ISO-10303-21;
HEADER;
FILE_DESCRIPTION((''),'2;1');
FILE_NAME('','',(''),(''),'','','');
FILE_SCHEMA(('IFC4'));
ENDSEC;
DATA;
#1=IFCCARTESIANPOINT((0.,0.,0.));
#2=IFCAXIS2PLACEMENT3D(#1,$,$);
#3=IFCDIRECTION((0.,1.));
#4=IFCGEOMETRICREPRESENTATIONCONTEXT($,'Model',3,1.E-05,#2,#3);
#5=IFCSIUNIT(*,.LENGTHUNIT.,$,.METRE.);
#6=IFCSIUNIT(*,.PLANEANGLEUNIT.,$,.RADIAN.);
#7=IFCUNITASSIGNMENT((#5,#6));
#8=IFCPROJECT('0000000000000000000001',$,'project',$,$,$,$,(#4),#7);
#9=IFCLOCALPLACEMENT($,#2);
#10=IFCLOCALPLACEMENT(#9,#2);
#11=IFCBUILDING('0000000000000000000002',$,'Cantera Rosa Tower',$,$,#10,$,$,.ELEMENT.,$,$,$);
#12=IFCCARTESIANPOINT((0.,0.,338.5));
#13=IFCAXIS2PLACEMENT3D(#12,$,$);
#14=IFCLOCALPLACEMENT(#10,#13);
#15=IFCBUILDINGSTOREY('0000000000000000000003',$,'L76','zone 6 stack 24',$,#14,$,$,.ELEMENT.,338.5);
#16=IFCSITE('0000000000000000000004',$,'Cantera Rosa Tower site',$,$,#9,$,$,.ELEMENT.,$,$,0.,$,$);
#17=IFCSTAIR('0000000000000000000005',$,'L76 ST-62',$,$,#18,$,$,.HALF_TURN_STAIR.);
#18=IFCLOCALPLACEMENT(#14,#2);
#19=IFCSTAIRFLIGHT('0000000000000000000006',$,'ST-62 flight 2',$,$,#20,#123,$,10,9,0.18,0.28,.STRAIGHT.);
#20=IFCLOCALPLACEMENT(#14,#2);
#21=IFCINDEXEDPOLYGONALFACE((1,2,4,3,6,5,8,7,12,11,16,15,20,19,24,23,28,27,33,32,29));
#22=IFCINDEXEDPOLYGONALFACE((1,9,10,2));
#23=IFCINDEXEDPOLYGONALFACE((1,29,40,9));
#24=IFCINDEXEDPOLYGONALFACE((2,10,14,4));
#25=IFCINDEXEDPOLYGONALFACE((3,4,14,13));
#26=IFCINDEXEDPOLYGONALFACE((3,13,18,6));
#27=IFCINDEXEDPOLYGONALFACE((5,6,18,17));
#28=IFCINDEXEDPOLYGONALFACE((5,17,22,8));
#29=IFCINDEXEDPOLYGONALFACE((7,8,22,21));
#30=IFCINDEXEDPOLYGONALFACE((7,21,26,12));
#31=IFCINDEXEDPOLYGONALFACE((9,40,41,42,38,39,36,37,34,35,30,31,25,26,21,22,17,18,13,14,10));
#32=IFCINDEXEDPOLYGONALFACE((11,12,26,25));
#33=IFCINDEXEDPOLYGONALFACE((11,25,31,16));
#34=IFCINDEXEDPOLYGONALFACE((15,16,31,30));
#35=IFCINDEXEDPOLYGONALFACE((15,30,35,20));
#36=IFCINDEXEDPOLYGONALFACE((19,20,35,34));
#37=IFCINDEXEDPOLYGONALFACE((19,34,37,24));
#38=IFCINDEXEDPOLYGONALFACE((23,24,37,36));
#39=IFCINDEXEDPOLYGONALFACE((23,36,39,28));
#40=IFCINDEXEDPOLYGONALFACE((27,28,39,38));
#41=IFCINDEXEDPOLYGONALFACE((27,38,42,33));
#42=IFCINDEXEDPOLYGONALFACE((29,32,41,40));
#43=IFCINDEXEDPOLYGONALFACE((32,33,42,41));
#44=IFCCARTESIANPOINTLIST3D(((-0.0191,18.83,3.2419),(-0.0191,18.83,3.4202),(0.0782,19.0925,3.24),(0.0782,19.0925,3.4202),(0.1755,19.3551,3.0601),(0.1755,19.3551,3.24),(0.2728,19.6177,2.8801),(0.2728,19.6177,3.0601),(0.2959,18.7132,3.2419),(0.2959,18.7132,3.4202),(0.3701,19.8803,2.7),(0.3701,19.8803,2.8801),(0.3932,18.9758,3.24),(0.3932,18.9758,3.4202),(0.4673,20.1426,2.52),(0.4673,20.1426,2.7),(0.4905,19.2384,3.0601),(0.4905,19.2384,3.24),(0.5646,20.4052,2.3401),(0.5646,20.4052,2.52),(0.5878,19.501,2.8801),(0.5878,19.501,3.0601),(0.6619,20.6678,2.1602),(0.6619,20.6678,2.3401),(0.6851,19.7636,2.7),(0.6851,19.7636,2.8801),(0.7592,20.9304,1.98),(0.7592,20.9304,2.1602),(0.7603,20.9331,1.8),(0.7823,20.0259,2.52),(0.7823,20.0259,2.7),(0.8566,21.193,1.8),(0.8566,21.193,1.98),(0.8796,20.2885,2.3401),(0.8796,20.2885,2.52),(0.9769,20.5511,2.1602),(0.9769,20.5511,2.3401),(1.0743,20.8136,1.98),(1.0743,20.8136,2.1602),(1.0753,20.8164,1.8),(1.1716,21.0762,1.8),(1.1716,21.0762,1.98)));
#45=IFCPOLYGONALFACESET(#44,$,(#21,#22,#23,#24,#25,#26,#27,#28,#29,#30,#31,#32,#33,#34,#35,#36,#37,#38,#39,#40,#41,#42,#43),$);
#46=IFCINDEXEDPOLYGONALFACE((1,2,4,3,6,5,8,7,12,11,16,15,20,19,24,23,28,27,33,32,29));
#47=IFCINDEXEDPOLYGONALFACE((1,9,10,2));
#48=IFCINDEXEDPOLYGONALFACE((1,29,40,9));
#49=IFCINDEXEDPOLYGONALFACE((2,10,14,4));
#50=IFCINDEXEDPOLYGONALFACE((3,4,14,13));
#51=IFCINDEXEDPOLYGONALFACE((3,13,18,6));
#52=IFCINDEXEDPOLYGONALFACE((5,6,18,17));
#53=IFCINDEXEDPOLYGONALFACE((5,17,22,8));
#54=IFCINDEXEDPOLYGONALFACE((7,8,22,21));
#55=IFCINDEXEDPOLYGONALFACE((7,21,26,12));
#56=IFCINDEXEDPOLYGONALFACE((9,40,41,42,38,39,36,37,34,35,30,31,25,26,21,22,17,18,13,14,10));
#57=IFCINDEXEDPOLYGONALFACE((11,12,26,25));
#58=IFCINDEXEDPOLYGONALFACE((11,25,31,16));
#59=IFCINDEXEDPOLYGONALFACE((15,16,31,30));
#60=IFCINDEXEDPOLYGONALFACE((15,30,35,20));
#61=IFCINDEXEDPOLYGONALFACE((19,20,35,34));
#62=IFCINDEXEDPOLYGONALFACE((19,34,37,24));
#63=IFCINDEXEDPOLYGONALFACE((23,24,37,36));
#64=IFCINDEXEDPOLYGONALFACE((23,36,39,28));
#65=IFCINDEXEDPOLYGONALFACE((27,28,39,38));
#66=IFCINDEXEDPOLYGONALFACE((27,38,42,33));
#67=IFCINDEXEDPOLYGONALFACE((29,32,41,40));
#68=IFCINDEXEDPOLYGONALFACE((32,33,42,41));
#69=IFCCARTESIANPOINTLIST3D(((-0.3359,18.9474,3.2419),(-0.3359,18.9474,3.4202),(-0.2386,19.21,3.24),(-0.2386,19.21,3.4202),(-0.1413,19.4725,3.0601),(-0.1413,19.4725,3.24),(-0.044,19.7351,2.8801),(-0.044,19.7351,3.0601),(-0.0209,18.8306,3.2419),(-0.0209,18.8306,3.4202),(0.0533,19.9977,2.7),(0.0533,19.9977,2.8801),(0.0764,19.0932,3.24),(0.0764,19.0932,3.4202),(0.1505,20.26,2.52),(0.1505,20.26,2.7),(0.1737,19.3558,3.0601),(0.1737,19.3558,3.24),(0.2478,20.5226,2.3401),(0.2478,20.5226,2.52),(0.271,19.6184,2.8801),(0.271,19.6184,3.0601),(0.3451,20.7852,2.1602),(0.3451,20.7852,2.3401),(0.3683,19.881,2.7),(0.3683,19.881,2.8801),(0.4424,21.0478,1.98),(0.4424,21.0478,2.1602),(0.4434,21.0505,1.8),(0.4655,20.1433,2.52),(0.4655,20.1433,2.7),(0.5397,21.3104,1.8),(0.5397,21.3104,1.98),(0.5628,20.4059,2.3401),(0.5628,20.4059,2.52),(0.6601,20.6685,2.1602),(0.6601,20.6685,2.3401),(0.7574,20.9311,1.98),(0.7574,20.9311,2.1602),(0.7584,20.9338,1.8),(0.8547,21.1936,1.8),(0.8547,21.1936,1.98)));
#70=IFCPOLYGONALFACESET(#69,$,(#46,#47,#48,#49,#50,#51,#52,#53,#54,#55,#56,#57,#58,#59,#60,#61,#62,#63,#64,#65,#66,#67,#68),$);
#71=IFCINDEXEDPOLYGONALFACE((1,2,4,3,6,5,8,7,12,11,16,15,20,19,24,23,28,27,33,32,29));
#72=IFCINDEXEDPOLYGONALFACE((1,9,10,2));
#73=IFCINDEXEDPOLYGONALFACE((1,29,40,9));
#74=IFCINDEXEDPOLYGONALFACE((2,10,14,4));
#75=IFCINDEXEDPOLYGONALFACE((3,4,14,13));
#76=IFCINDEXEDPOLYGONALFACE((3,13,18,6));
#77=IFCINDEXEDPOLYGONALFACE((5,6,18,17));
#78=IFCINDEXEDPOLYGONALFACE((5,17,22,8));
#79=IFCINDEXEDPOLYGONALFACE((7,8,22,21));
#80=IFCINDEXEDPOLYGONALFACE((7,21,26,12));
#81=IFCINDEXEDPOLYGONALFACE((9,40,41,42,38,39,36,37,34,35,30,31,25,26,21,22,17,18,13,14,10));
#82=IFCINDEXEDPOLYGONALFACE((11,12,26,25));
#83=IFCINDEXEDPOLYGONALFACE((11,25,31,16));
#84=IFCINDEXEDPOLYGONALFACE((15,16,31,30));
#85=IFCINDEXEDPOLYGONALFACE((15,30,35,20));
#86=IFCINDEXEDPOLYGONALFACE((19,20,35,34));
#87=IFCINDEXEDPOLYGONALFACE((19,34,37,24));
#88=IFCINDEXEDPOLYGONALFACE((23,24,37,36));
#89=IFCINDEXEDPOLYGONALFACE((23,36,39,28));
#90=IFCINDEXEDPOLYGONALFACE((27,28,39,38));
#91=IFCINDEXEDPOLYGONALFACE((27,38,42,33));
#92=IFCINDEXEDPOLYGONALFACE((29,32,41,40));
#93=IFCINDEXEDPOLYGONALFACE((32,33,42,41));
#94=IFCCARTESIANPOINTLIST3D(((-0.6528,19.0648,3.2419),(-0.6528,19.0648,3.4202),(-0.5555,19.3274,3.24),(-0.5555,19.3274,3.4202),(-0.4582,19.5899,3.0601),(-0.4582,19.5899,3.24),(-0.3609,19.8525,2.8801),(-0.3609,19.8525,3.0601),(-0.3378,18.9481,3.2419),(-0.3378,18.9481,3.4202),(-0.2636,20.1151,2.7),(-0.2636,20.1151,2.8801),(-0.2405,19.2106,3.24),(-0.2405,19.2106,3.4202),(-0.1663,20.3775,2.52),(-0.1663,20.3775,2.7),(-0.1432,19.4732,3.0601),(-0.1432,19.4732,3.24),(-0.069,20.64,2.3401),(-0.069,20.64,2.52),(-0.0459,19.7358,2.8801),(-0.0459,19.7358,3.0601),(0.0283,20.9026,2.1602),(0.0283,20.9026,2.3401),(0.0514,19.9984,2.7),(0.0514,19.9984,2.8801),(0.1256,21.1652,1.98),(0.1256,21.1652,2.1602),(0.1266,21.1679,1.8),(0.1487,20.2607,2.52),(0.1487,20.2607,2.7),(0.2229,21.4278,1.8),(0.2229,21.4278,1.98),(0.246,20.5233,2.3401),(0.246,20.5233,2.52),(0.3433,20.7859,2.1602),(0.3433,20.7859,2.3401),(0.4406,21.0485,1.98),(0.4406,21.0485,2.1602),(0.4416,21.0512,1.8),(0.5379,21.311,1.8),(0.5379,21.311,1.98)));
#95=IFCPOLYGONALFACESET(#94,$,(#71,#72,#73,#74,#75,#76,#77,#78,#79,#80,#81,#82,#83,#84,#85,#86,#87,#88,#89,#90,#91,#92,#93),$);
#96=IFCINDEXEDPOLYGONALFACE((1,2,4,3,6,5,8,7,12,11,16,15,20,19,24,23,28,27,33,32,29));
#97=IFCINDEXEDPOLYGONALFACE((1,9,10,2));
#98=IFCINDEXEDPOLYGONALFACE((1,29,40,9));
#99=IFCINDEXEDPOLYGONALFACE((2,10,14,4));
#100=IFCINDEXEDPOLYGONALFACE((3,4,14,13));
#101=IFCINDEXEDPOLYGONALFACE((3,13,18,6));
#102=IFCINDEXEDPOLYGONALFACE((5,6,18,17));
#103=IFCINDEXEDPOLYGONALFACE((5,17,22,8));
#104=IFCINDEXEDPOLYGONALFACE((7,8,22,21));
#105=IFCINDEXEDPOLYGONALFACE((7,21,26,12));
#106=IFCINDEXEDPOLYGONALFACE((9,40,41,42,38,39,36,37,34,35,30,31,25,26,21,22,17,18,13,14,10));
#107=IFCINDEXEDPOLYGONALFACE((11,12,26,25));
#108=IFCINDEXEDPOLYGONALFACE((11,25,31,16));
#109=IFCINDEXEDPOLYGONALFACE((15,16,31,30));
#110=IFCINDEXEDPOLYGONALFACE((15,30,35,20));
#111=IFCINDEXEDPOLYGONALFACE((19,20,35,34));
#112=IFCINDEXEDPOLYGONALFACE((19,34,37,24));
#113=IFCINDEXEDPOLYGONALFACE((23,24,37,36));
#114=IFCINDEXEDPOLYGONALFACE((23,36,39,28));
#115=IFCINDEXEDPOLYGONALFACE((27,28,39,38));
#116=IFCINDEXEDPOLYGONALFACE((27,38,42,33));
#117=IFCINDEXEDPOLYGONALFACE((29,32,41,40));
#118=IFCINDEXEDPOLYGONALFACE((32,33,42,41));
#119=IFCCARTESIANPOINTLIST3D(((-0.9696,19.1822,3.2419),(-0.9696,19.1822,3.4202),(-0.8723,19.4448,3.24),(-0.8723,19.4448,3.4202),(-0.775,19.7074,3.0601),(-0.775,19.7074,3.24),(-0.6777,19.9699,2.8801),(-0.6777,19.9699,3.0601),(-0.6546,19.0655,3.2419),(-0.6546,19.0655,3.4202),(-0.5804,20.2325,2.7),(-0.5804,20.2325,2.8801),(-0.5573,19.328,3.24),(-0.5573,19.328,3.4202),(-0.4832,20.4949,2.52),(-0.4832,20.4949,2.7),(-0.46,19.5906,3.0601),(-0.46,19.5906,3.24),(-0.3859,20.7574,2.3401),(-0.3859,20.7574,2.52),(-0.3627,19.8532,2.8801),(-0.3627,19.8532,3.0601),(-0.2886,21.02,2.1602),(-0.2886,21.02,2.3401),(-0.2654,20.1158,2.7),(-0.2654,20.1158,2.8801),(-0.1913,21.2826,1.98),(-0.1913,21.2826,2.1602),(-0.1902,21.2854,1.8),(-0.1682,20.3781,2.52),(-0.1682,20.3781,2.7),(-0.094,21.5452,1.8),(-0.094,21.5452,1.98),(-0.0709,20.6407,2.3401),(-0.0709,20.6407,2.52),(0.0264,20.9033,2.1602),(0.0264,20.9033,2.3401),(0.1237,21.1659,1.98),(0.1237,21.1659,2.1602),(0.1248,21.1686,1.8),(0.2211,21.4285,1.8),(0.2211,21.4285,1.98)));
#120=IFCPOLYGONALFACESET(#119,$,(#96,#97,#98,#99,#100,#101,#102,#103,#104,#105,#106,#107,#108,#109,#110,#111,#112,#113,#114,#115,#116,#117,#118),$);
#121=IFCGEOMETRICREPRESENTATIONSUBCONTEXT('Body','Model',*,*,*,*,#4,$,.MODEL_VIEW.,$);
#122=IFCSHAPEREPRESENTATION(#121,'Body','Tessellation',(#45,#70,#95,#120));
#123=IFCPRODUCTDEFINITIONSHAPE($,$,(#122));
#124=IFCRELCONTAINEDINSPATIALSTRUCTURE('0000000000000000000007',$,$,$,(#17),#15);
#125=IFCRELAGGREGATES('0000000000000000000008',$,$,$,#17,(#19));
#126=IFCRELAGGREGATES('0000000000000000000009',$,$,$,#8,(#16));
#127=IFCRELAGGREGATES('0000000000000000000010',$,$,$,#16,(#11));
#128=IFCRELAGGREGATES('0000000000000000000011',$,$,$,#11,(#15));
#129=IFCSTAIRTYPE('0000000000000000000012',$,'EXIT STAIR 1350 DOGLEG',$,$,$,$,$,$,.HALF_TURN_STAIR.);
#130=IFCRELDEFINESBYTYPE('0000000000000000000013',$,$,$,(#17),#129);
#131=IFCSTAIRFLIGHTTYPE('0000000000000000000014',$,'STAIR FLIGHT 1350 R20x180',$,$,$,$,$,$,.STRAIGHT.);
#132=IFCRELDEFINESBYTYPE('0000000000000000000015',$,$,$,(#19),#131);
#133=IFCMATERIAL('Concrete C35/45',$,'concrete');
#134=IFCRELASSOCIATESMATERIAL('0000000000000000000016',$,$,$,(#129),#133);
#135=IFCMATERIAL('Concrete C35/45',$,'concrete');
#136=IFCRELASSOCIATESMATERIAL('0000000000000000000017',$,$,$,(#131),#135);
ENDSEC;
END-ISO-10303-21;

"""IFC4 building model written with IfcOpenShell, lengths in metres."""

from ifc_helpers import new_model, si_unit, direction, frame, origin, place, context, subcontext, project, spatial, polyline, outline, extrude, material, type_object, element, aggregate, save


model = new_model("IFC4")

# Units and contexts
model_context = context("Model", 3, precision=1e-05, world=origin(), true_north=direction((0.0, 1.0)))
body_context = subcontext(model_context, "Body", "Model", "MODEL_VIEW")
ifc_project = project(units=[si_unit("LENGTHUNIT", "METRE"), si_unit("PLANEANGLEUNIT", "RADIAN")], contexts=[model_context])

# Site, building, storey
site_placement = place(None, origin())
site = spatial("IfcSite", under=ifc_project, at=site_placement, Name="Cantera Rosa Tower site", CompositionType="ELEMENT", RefElevation=0.0)
building_placement = place(site_placement, origin())
building = spatial("IfcBuilding", under=site, at=building_placement, Name="Cantera Rosa Tower", CompositionType="ELEMENT")
storey_placement = place(building_placement, frame((0.0, 0.0, 338.5)))
storey = spatial("IfcBuildingStorey", under=building, at=storey_placement, Name="L76", Description="zone 6 stack 24", CompositionType="ELEMENT", Elevation=338.5)

# Stair, stair flight
ifc_material_1 = material(Name="Concrete C35/45", Category="concrete")
stair_type = type_object("IfcStairType", Name="EXIT STAIR 1350 DOGLEG", PredefinedType="HALF_TURN_STAIR", material=ifc_material_1)
stair_placement = place(storey_placement, origin())
stair = element("IfcStair", 1, at=stair_placement, inside=storey, type_object=stair_type, Name="L76 ST-62", PredefinedType="HALF_TURN_STAIR")
ifc_material_2 = material(Name="Concrete C35/45", Category="concrete")
stair_flight_type = type_object("IfcStairFlightType", Name="STAIR FLIGHT 1350 R20x180", PredefinedType="STRAIGHT", material=ifc_material_2)
stair_flight_1_placement = place(storey_placement, frame((0.5386, 21.3108, 1.8), z_axis=(0.0, 0.0, 1.0), x_axis=(-0.347481, -0.937687, 0.0)))
stair_flight_1 = element("IfcStairFlight", 2, at=stair_flight_1_placement, type_object=stair_flight_type, Name="ST-62 flight 2", NumberOfRisers=10, NumberOfTreads=9, PredefinedType="STRAIGHT", RiserHeight=0.18, TreadLength=0.28, context=body_context, shape_type="SweptSolid", body=[
    extrude(outline(polyline([(0.0, 0.0), (0.0, 0.1799), (0.28, 0.1799), (0.28, 0.3601), (0.5601, 0.3601), (0.5601, 0.54), (0.8401, 0.54), (0.8401, 0.72), (1.1201, 0.72), (1.1201, 0.8999), (1.3999, 0.8999), (1.3999, 1.0801), (1.6799, 1.0801), (1.6799, 1.26), (1.96, 1.26), (1.96, 1.4399), (2.24, 1.4399), (2.24, 1.6201), (2.52, 1.6201), (2.52, 1.8), (2.52, 1.4419), (0.2771, 0.0), (0.0, 0.0)])), frame((0.0, 0.675, 0.0), z_axis=(0.0, -1.0, 0.0), x_axis=(1.0, 0.0, 0.0)), (0.0, 0.0, 1.0), 0.3359),
    extrude(outline(polyline([(0.0, 0.0), (0.0, 0.1799), (0.28, 0.1799), (0.28, 0.3601), (0.5601, 0.3601), (0.5601, 0.54), (0.8401, 0.54), (0.8401, 0.72), (1.1201, 0.72), (1.1201, 0.8999), (1.3999, 0.8999), (1.3999, 1.0801), (1.6799, 1.0801), (1.6799, 1.26), (1.96, 1.26), (1.96, 1.4399), (2.24, 1.4399), (2.24, 1.6201), (2.52, 1.6201), (2.52, 1.8), (2.52, 1.4419), (0.2771, 0.0), (0.0, 0.0)])), frame((0.0, 0.3372, 0.0), z_axis=(0.0, -1.0, 0.0), x_axis=(1.0, 0.0, 0.0)), (0.0, 0.0, 1.0), 0.3359),
    extrude(outline(polyline([(0.0, 0.0), (0.0, 0.1799), (0.28, 0.1799), (0.28, 0.3601), (0.5601, 0.3601), (0.5601, 0.54), (0.8401, 0.54), (0.8401, 0.72), (1.1201, 0.72), (1.1201, 0.8999), (1.3999, 0.8999), (1.3999, 1.0801), (1.6799, 1.0801), (1.6799, 1.26), (1.96, 1.26), (1.96, 1.4399), (2.24, 1.4399), (2.24, 1.6201), (2.52, 1.6201), (2.52, 1.8), (2.52, 1.4419), (0.2771, 0.0), (0.0, 0.0)])), frame((0.0, -0.0007, 0.0), z_axis=(0.0, -1.0, 0.0), x_axis=(1.0, 0.0, 0.0)), (0.0, 0.0, 1.0), 0.3359),
    extrude(outline(polyline([(0.0, 0.0), (0.0, 0.1799), (0.28, 0.1799), (0.28, 0.3601), (0.5601, 0.3601), (0.5601, 0.54), (0.8401, 0.54), (0.8401, 0.72), (1.1201, 0.72), (1.1201, 0.8999), (1.3999, 0.8999), (1.3999, 1.0801), (1.6799, 1.0801), (1.6799, 1.26), (1.96, 1.26), (1.96, 1.4399), (2.24, 1.4399), (2.24, 1.6201), (2.52, 1.6201), (2.52, 1.8), (2.52, 1.4419), (0.2771, 0.0), (0.0, 0.0)])), frame((0.0, -0.3386, 0.0), z_axis=(0.0, -1.0, 0.0), x_axis=(1.0, 0.0, 0.0)), (0.0, 0.0, 1.0), 0.3359),
])
aggregate(stair, [stair_flight_1])

save(model, "model.ifc")
